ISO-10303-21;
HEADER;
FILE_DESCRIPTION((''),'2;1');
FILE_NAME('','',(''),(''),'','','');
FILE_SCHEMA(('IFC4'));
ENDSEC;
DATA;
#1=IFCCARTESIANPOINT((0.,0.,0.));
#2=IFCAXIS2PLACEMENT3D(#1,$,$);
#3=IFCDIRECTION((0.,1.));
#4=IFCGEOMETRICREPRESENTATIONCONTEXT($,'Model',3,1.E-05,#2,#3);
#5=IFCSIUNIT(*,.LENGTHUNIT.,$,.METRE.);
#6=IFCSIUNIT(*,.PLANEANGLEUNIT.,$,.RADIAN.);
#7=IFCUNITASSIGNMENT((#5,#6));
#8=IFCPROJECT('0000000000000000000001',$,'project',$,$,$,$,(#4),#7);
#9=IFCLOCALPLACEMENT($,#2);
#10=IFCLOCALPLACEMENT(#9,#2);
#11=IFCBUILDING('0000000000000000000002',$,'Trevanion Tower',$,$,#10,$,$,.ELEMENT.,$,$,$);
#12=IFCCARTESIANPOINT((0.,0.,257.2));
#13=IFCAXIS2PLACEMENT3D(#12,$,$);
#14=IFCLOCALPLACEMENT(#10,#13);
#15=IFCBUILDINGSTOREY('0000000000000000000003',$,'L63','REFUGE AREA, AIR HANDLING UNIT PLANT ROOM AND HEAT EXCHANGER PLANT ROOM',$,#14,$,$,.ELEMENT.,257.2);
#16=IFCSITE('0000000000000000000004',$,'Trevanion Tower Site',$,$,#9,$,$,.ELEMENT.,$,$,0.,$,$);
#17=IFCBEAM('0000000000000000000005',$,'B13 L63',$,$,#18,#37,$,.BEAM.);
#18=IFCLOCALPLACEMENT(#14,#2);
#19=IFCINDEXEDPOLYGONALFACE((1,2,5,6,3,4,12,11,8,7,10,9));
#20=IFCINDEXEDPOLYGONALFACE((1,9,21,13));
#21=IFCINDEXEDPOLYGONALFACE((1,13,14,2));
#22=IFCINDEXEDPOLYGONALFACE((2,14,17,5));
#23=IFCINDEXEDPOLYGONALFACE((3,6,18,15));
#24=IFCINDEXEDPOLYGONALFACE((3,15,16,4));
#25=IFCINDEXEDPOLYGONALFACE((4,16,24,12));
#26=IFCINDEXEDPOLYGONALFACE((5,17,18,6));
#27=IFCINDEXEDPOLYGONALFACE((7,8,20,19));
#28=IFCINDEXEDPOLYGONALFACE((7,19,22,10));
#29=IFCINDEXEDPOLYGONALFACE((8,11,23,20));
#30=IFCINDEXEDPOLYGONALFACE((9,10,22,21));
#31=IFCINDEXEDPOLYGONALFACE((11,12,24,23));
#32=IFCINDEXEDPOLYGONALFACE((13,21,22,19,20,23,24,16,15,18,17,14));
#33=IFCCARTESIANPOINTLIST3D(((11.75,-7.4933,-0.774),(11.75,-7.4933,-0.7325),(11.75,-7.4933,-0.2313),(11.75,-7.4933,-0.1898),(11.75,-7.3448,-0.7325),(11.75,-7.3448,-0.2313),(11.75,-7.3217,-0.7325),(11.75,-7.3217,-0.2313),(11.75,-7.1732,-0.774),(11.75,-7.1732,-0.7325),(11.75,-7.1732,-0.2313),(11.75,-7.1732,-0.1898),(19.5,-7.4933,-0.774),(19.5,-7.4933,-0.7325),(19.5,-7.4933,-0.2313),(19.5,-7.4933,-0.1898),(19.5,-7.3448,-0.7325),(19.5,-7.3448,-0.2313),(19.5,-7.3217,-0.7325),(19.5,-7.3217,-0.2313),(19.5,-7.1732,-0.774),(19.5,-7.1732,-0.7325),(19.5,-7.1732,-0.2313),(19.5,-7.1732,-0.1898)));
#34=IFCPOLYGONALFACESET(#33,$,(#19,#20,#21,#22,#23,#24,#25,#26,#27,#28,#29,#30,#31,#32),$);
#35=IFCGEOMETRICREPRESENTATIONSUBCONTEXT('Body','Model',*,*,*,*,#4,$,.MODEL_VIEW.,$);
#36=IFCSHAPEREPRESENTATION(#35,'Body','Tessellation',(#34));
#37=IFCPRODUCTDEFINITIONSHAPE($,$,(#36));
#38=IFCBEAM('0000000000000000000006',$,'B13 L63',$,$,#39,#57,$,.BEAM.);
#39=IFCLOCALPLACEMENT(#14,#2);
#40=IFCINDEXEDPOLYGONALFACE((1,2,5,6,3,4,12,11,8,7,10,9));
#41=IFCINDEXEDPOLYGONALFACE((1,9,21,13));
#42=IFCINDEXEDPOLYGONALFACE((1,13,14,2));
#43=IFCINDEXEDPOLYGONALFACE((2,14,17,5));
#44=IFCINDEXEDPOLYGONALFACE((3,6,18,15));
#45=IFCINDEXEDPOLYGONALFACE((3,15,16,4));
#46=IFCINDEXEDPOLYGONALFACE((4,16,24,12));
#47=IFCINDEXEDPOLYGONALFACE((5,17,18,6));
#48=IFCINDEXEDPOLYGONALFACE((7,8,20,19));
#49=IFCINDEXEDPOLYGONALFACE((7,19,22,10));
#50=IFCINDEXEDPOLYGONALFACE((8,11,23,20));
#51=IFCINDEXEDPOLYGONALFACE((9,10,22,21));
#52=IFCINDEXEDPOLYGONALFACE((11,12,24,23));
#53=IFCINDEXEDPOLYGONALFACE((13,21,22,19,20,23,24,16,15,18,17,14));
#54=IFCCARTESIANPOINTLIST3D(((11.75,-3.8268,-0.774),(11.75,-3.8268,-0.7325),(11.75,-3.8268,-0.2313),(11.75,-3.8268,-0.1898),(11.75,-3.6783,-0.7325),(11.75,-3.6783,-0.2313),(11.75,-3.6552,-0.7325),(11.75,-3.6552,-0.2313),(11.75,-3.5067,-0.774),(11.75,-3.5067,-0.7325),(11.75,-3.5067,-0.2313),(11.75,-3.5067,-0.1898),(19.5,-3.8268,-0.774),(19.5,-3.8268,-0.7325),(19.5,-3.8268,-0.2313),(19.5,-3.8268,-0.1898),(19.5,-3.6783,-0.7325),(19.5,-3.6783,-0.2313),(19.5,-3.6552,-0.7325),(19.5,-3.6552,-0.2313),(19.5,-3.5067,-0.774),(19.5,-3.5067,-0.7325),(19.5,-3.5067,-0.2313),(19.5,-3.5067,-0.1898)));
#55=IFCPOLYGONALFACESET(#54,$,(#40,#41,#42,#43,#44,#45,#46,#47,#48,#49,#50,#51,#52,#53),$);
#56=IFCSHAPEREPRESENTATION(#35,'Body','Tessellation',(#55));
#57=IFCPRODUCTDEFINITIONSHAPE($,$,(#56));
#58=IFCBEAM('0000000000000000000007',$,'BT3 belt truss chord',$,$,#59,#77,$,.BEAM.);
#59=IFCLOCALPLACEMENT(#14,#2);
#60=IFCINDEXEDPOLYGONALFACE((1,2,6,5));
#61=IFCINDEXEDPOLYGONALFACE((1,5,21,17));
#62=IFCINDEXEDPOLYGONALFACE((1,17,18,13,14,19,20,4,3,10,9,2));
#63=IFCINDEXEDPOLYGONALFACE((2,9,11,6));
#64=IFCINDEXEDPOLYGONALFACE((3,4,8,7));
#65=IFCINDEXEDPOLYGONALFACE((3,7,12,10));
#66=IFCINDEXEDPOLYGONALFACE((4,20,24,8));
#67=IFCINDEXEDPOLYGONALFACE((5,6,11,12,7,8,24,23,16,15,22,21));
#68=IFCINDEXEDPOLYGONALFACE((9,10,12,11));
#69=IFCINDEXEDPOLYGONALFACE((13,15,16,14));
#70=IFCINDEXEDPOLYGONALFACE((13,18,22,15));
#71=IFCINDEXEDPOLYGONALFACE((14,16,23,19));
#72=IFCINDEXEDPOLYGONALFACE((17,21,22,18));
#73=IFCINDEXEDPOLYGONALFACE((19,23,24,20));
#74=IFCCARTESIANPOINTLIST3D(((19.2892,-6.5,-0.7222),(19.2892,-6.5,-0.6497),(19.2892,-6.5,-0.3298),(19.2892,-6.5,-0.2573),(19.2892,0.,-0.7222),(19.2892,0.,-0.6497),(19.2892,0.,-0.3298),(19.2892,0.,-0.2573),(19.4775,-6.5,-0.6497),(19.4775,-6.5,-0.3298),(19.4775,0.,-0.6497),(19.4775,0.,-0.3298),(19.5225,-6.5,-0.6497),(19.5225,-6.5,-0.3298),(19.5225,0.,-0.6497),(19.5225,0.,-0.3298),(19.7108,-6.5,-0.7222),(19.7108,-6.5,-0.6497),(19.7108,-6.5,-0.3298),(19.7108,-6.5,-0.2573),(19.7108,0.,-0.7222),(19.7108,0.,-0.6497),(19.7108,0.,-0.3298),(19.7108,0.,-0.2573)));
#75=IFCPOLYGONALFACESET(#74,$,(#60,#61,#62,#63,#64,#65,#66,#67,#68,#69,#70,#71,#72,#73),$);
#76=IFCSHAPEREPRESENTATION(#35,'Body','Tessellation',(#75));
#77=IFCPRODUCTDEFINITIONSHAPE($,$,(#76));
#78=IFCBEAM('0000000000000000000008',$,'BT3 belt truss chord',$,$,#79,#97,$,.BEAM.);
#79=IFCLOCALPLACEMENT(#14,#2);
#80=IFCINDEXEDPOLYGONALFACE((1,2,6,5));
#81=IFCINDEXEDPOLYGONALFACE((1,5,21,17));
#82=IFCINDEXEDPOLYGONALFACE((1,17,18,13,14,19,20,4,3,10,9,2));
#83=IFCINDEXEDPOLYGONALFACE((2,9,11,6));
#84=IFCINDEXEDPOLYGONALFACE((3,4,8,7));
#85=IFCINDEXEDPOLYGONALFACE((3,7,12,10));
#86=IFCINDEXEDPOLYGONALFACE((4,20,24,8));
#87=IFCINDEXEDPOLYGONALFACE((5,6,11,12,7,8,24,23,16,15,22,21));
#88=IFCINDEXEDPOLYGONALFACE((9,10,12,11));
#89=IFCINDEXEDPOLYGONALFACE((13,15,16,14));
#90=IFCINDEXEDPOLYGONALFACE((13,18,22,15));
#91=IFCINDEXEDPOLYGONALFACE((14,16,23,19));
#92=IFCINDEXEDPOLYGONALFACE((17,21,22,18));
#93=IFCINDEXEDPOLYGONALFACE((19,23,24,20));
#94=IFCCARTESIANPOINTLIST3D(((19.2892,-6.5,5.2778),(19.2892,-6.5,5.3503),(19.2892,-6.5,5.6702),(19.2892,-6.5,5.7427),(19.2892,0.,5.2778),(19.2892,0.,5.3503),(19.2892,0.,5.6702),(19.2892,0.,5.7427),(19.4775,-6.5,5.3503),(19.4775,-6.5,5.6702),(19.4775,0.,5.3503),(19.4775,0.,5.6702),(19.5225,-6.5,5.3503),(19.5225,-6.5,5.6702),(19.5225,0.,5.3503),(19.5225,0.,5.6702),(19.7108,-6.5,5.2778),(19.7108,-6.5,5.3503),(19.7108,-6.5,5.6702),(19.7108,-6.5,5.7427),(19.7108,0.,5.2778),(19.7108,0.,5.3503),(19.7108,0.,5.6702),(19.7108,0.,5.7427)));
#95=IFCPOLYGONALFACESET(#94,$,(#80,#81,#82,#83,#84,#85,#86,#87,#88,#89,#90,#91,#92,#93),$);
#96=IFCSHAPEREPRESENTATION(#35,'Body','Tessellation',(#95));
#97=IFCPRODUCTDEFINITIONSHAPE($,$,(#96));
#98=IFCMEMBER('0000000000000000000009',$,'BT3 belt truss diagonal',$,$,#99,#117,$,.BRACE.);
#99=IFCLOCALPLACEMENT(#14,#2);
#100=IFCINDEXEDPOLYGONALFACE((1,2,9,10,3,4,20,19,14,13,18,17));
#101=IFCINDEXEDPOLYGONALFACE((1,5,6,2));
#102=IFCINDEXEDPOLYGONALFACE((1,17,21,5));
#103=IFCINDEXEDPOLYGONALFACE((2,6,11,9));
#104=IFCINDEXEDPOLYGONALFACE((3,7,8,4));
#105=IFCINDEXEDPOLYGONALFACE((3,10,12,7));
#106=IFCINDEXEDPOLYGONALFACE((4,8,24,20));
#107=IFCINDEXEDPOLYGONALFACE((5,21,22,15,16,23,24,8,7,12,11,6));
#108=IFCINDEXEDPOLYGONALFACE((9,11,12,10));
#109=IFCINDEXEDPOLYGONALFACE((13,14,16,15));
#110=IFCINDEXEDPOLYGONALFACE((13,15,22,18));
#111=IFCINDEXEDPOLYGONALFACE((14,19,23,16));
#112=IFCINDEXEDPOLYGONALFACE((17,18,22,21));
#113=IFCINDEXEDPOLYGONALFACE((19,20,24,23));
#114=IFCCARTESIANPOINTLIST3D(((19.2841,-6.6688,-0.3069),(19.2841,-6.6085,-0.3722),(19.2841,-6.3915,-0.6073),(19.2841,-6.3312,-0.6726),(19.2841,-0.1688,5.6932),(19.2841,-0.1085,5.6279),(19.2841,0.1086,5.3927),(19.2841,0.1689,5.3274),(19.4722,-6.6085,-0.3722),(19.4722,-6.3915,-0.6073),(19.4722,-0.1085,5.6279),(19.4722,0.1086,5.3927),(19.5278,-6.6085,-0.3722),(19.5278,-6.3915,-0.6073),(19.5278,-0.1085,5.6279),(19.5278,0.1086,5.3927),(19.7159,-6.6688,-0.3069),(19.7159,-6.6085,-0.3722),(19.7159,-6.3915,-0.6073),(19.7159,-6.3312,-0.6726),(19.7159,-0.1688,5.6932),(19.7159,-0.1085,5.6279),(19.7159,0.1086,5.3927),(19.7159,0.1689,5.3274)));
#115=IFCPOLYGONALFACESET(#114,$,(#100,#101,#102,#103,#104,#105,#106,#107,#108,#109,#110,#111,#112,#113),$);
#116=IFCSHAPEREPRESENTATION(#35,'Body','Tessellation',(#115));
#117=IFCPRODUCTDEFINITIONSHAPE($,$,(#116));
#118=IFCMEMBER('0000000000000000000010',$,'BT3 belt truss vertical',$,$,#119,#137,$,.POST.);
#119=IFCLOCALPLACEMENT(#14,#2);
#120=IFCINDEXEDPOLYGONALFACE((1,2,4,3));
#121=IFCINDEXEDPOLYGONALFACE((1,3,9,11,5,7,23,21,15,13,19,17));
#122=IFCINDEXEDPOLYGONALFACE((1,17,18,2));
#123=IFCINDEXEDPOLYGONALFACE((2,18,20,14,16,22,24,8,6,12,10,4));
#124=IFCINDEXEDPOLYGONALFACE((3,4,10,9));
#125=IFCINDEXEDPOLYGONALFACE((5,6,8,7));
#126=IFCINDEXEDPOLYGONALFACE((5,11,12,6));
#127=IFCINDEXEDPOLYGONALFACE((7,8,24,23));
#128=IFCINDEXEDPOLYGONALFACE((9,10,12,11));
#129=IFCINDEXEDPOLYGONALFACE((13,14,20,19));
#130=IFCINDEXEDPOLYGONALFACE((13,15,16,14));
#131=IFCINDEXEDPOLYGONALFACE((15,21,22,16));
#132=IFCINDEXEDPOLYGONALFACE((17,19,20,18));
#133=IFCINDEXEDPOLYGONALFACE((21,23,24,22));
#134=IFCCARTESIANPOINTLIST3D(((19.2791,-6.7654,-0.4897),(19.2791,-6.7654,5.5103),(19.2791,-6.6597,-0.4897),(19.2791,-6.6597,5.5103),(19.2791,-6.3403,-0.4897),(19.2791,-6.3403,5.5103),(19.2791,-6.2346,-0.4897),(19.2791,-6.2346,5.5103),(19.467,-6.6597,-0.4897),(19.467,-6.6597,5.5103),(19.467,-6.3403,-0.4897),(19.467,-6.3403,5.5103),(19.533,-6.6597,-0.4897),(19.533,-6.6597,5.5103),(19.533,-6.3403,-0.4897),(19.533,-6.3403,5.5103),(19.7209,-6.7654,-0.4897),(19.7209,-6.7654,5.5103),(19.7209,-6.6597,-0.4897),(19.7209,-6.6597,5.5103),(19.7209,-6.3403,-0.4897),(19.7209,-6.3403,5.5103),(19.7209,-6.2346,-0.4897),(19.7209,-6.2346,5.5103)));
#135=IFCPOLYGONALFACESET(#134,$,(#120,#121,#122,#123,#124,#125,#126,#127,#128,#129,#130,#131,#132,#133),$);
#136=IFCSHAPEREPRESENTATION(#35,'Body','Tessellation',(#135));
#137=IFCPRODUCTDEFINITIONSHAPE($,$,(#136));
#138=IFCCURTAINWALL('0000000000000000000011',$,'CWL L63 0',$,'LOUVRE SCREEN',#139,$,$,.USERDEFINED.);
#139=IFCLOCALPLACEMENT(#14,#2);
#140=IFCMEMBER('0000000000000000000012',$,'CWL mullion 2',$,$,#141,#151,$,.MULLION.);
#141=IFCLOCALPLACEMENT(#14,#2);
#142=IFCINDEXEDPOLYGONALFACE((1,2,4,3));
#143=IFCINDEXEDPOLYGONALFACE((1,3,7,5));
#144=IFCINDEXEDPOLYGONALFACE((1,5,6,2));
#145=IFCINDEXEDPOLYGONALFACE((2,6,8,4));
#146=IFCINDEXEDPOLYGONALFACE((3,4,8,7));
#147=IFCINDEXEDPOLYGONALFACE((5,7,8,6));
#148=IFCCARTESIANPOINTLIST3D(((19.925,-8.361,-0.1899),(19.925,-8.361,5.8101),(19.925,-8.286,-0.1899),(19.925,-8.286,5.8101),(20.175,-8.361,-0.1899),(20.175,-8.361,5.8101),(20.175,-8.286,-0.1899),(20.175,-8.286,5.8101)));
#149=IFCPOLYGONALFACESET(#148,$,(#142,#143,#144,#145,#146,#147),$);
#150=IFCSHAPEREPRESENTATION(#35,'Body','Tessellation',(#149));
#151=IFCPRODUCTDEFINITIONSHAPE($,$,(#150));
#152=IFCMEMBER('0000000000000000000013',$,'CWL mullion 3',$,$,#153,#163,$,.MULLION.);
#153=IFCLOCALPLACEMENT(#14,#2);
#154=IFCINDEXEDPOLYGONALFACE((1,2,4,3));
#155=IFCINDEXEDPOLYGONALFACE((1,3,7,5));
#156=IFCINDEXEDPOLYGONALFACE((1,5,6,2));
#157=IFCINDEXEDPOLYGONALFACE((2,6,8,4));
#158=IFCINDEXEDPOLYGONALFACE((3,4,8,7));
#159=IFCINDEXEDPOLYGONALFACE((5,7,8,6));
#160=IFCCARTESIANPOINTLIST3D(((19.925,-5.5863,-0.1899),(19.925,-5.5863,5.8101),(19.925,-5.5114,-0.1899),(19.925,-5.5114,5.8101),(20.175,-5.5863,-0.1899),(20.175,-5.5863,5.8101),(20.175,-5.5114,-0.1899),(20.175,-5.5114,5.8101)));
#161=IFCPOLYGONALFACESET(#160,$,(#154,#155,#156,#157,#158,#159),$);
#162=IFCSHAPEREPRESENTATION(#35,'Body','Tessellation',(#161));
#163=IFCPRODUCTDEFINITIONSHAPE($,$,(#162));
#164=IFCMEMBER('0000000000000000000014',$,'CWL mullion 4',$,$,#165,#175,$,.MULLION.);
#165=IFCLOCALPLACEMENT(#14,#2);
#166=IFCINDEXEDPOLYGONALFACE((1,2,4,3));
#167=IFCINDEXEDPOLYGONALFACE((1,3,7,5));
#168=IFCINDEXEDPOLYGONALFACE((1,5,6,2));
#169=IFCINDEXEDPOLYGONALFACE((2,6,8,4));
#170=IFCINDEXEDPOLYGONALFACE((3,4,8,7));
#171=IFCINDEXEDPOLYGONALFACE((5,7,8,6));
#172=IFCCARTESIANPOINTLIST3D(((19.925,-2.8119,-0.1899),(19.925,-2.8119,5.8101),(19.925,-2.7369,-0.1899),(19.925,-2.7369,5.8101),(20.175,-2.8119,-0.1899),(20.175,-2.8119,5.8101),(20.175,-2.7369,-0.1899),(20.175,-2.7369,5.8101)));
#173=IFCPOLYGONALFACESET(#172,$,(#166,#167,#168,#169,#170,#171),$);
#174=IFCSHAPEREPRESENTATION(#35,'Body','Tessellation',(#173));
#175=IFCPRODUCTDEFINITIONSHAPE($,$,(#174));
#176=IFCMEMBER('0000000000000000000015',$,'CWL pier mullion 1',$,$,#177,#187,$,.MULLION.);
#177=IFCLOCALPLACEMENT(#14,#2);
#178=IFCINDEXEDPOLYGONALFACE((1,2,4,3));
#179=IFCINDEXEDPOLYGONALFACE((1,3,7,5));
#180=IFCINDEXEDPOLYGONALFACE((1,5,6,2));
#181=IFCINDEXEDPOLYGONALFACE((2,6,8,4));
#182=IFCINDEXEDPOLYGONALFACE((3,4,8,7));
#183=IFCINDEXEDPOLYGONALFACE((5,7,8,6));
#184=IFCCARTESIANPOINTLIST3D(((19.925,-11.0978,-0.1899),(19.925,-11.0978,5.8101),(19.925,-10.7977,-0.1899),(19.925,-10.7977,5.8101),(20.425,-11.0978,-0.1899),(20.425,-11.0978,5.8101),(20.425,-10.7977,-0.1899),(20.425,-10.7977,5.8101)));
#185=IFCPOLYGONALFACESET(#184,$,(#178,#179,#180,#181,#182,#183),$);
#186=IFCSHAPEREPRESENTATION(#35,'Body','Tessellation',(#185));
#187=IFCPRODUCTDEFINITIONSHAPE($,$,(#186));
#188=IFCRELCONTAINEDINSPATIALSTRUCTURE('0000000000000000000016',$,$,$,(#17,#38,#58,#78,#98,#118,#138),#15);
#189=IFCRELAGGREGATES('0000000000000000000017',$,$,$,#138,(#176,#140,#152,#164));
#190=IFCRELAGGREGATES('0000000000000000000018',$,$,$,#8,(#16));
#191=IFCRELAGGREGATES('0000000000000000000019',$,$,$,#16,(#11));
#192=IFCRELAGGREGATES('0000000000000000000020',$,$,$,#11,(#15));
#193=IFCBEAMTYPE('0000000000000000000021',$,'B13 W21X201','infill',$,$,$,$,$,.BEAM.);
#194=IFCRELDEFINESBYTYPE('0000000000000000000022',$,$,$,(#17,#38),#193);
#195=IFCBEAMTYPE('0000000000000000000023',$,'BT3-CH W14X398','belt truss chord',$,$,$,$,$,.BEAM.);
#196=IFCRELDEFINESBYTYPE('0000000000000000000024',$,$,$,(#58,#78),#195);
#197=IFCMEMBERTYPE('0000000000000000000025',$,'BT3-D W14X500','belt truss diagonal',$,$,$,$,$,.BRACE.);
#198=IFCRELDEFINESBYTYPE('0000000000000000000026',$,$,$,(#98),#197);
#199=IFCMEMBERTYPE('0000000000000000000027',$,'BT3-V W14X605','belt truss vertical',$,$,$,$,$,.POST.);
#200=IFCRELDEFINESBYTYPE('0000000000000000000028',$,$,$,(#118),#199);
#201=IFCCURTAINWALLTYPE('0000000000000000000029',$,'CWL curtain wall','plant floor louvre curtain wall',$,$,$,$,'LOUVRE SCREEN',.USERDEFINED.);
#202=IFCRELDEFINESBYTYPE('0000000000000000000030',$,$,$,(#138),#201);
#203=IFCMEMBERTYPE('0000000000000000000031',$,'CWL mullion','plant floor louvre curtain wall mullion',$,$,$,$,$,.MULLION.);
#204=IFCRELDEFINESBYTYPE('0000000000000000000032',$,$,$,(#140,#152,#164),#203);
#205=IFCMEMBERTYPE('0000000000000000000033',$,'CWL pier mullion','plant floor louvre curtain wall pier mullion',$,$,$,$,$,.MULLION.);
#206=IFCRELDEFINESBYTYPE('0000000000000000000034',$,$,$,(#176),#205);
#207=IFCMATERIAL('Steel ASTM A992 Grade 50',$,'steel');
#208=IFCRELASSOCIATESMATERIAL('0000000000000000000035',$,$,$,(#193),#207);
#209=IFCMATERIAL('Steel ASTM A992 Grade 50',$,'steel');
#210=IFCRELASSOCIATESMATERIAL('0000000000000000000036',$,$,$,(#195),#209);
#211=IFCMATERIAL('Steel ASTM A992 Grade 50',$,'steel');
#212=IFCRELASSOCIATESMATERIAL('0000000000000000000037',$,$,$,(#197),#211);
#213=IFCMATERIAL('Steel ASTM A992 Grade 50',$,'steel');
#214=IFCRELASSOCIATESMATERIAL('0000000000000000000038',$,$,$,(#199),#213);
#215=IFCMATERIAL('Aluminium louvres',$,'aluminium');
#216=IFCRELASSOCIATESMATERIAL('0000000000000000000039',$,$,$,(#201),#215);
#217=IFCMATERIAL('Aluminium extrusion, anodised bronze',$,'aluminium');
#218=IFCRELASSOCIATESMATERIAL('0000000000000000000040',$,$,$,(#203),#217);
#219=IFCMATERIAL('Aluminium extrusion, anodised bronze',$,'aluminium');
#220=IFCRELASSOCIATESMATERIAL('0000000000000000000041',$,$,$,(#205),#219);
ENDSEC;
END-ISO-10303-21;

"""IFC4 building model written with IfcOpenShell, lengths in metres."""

from ifc_helpers import new_model, si_unit, direction, frame, origin, origin_2d, place, context, subcontext, project, spatial, rectangle, i_section, extrude, material, material_profile, profile_set, type_object, element, aggregate, save


model = new_model("IFC4")

# Units and contexts
model_context = context("Model", 3, precision=1e-05, world=origin(), true_north=direction((0.0, 1.0)))
body_context = subcontext(model_context, "Body", "Model", "MODEL_VIEW")
ifc_project = project(units=[si_unit("LENGTHUNIT", "METRE"), si_unit("PLANEANGLEUNIT", "RADIAN")], contexts=[model_context])

# Site, building, storey
site_placement = place(None, origin())
site = spatial("IfcSite", under=ifc_project, at=site_placement, Name="Trevanion Tower Site", CompositionType="ELEMENT", RefElevation=0.0)
building_placement = place(site_placement, origin())
building = spatial("IfcBuilding", under=site, at=building_placement, Name="Trevanion Tower", CompositionType="ELEMENT")
storey_placement = place(building_placement, frame((0.0, 0.0, 257.2)))
storey = spatial("IfcBuildingStorey", under=building, at=storey_placement, Name="L63", Description="REFUGE AREA, AIR HANDLING UNIT PLANT ROOM AND HEAT EXCHANGER PLANT ROOM", CompositionType="ELEMENT", Elevation=257.2)

# Beams
ifc_material_1 = material(Name="Steel ASTM A992 Grade 50", Category="steel")
ifc_material_profile_1 = material_profile(ifc_material_1, i_section(OverallWidth=0.3201, OverallDepth=0.5842, WebThickness=0.0232, FlangeThickness=0.0415, at=origin_2d()), Name="W21X201")
ifc_profile_set_1 = profile_set([ifc_material_profile_1], Name="Steel ASTM A992 Grade 50")
beam_type_1 = type_object("IfcBeamType", Name="B13 W21X201", Description="infill", PredefinedType="BEAM", material=ifc_profile_set_1)
for number, where, z_axis, x_axis, name in (
    (1, (11.75, -7.3333, -0.4819), (1.0, 0.0, 0.0), (0.0, 1.0, 0.0), "B13 L63"),
    (2, (11.75, -3.6667, -0.4819), (1.0, 0.0, 0.0), (0.0, 1.0, 0.0), "B13 L63"),
):
    element("IfcBeam", number, at=place(storey_placement, frame(where, z_axis=z_axis, x_axis=x_axis)), inside=storey, type_object=beam_type_1, Name=name, PredefinedType="BEAM", context=body_context, shape_type="SweptSolid", body=[
        extrude(i_section(OverallWidth=0.3201, OverallDepth=0.5842, WebThickness=0.0232, FlangeThickness=0.0415, at=origin_2d()), origin(), (0.0, 0.0, 1.0), 7.75),
    ])
ifc_material_2 = material(Name="Steel ASTM A992 Grade 50", Category="steel")
ifc_material_profile_2 = material_profile(ifc_material_2, i_section(OverallWidth=0.4216, OverallDepth=0.4648, WebThickness=0.0449, FlangeThickness=0.0725, at=origin_2d()), Name="W14X398")
ifc_profile_set_2 = profile_set([ifc_material_profile_2], Name="Steel ASTM A992 Grade 50")
beam_type_2 = type_object("IfcBeamType", Name="BT3-CH W14X398", Description="belt truss chord", PredefinedType="BEAM", material=ifc_profile_set_2)
for number, where, z_axis, x_axis, name in (
    (3, (19.5, -6.5, -0.4897), (0.0, 1.0, 0.0), (-1.0, 0.0, 0.0), "BT3 belt truss chord"),
    (4, (19.5, -6.5, 5.5103), (0.0, 1.0, 0.0), (-1.0, 0.0, 0.0), "BT3 belt truss chord"),
):
    element("IfcBeam", number, at=place(storey_placement, frame(where, z_axis=z_axis, x_axis=x_axis)), inside=storey, type_object=beam_type_2, Name=name, PredefinedType="BEAM", context=body_context, shape_type="SweptSolid", body=[
        extrude(i_section(OverallWidth=0.4216, OverallDepth=0.4648, WebThickness=0.0449, FlangeThickness=0.0725, at=origin_2d()), origin(), (0.0, 0.0, 1.0), 6.5),
    ])

# Members
ifc_material_3 = material(Name="Steel ASTM A992 Grade 50", Category="steel")
ifc_material_profile_3 = material_profile(ifc_material_3, i_section(OverallWidth=0.4319, OverallDepth=0.4978, WebThickness=0.0557, FlangeThickness=0.0889, at=origin_2d()), Name="W14X500")
ifc_profile_set_3 = profile_set([ifc_material_profile_3], Name="Steel ASTM A992 Grade 50")
member_type_1 = type_object("IfcMemberType", Name="BT3-D W14X500", Description="belt truss diagonal", PredefinedType="BRACE", material=ifc_profile_set_3)
member_1_placement = place(storey_placement, frame((19.5, -6.5, -0.4897), z_axis=(0.0, 0.734803, 0.67828), x_axis=(-1.0, 0.0, 0.0)))
element("IfcMember", 5, at=member_1_placement, inside=storey, type_object=member_type_1, Name="BT3 belt truss diagonal", PredefinedType="BRACE", context=body_context, shape_type="SweptSolid", body=[
    extrude(i_section(OverallWidth=0.4319, OverallDepth=0.4978, WebThickness=0.0557, FlangeThickness=0.0889, at=origin_2d()), origin(), (0.0, 0.0, 1.0), 8.8459),
])
ifc_material_4 = material(Name="Steel ASTM A992 Grade 50", Category="steel")
ifc_material_profile_4 = material_profile(ifc_material_4, i_section(OverallWidth=0.4419, OverallDepth=0.5308, WebThickness=0.0659, FlangeThickness=0.1057, at=origin_2d()), Name="W14X605")
ifc_profile_set_4 = profile_set([ifc_material_profile_4], Name="Steel ASTM A992 Grade 50")
member_type_2 = type_object("IfcMemberType", Name="BT3-V W14X605", Description="belt truss vertical", PredefinedType="POST", material=ifc_profile_set_4)
member_2_placement = place(storey_placement, frame((19.5, -6.5, -0.4897), z_axis=(0.0, 0.0, 1.0), x_axis=(1.0, 0.0, 0.0)))
element("IfcMember", 6, at=member_2_placement, inside=storey, type_object=member_type_2, Name="BT3 belt truss vertical", PredefinedType="POST", context=body_context, shape_type="SweptSolid", body=[
    extrude(i_section(OverallWidth=0.4419, OverallDepth=0.5308, WebThickness=0.0659, FlangeThickness=0.1057, at=origin_2d()), origin(), (0.0, 0.0, 1.0), 6.0),
])

# Curtain wall, members
ifc_material_5 = material(Name="Aluminium louvres", Category="aluminium")
curtain_wall_type = type_object("IfcCurtainWallType", Name="CWL curtain wall", Description="plant floor louvre curtain wall", ElementType="LOUVRE SCREEN", PredefinedType="USERDEFINED", material=ifc_material_5)
curtain_wall_placement = place(storey_placement, origin())
curtain_wall = element("IfcCurtainWall", 7, at=curtain_wall_placement, inside=storey, type_object=curtain_wall_type, Name="CWL L63 0", ObjectType="LOUVRE SCREEN", PredefinedType="USERDEFINED")
ifc_material_6 = material(Name="Aluminium extrusion, anodised bronze", Category="aluminium")
ifc_material_profile_5 = material_profile(ifc_material_6, rectangle(XDim=0.075, YDim=0.25, at=origin_2d()), Name="CWL mullion")
ifc_profile_set_5 = profile_set([ifc_material_profile_5], Name="Aluminium extrusion, anodised bronze")
member_type_3 = type_object("IfcMemberType", Name="CWL mullion", Description="plant floor louvre curtain wall mullion", PredefinedType="MULLION", material=ifc_profile_set_5)
member_3_placement = place(storey_placement, frame((20.05, -8.3235, -0.1899), z_axis=(0.0, 0.0, 1.0), x_axis=(0.0, 1.0, 0.0)))
member_3 = element("IfcMember", 8, at=member_3_placement, type_object=member_type_3, Name="CWL mullion 2", PredefinedType="MULLION", context=body_context, shape_type="SweptSolid", body=[
    extrude(rectangle(XDim=0.075, YDim=0.25, at=origin_2d()), origin(), (0.0, 0.0, 1.0), 6.0),
])
member_4_placement = place(storey_placement, frame((20.05, -5.5488, -0.1899), z_axis=(0.0, 0.0, 1.0), x_axis=(0.0, 1.0, 0.0)))
member_4 = element("IfcMember", 9, at=member_4_placement, type_object=member_type_3, Name="CWL mullion 3", PredefinedType="MULLION", context=body_context, shape_type="SweptSolid", body=[
    extrude(rectangle(XDim=0.075, YDim=0.25, at=origin_2d()), origin(), (0.0, 0.0, 1.0), 6.0),
])
member_5_placement = place(storey_placement, frame((20.05, -2.7744, -0.1899), z_axis=(0.0, 0.0, 1.0), x_axis=(0.0, 1.0, 0.0)))
member_5 = element("IfcMember", 10, at=member_5_placement, type_object=member_type_3, Name="CWL mullion 4", PredefinedType="MULLION", context=body_context, shape_type="SweptSolid", body=[
    extrude(rectangle(XDim=0.075, YDim=0.25, at=origin_2d()), origin(), (0.0, 0.0, 1.0), 6.0),
])
ifc_material_7 = material(Name="Aluminium extrusion, anodised bronze", Category="aluminium")
ifc_material_profile_6 = material_profile(ifc_material_7, rectangle(XDim=0.3, YDim=0.5, at=origin_2d()), Name="CWL pier mullion")
ifc_profile_set_6 = profile_set([ifc_material_profile_6], Name="Aluminium extrusion, anodised bronze")
member_type_4 = type_object("IfcMemberType", Name="CWL pier mullion", Description="plant floor louvre curtain wall pier mullion", PredefinedType="MULLION", material=ifc_profile_set_6)
member_6_placement = place(storey_placement, frame((20.175, -10.9478, -0.1899), z_axis=(0.0, 0.0, 1.0), x_axis=(0.0, 1.0, 0.0)))
member_6 = element("IfcMember", 11, at=member_6_placement, type_object=member_type_4, Name="CWL pier mullion 1", PredefinedType="MULLION", context=body_context, shape_type="SweptSolid", body=[
    extrude(rectangle(XDim=0.3, YDim=0.5, at=origin_2d()), origin(), (0.0, 0.0, 1.0), 6.0),
])

aggregate(curtain_wall, [member_6, member_3, member_4, member_5])

save(model, "model.ifc")
